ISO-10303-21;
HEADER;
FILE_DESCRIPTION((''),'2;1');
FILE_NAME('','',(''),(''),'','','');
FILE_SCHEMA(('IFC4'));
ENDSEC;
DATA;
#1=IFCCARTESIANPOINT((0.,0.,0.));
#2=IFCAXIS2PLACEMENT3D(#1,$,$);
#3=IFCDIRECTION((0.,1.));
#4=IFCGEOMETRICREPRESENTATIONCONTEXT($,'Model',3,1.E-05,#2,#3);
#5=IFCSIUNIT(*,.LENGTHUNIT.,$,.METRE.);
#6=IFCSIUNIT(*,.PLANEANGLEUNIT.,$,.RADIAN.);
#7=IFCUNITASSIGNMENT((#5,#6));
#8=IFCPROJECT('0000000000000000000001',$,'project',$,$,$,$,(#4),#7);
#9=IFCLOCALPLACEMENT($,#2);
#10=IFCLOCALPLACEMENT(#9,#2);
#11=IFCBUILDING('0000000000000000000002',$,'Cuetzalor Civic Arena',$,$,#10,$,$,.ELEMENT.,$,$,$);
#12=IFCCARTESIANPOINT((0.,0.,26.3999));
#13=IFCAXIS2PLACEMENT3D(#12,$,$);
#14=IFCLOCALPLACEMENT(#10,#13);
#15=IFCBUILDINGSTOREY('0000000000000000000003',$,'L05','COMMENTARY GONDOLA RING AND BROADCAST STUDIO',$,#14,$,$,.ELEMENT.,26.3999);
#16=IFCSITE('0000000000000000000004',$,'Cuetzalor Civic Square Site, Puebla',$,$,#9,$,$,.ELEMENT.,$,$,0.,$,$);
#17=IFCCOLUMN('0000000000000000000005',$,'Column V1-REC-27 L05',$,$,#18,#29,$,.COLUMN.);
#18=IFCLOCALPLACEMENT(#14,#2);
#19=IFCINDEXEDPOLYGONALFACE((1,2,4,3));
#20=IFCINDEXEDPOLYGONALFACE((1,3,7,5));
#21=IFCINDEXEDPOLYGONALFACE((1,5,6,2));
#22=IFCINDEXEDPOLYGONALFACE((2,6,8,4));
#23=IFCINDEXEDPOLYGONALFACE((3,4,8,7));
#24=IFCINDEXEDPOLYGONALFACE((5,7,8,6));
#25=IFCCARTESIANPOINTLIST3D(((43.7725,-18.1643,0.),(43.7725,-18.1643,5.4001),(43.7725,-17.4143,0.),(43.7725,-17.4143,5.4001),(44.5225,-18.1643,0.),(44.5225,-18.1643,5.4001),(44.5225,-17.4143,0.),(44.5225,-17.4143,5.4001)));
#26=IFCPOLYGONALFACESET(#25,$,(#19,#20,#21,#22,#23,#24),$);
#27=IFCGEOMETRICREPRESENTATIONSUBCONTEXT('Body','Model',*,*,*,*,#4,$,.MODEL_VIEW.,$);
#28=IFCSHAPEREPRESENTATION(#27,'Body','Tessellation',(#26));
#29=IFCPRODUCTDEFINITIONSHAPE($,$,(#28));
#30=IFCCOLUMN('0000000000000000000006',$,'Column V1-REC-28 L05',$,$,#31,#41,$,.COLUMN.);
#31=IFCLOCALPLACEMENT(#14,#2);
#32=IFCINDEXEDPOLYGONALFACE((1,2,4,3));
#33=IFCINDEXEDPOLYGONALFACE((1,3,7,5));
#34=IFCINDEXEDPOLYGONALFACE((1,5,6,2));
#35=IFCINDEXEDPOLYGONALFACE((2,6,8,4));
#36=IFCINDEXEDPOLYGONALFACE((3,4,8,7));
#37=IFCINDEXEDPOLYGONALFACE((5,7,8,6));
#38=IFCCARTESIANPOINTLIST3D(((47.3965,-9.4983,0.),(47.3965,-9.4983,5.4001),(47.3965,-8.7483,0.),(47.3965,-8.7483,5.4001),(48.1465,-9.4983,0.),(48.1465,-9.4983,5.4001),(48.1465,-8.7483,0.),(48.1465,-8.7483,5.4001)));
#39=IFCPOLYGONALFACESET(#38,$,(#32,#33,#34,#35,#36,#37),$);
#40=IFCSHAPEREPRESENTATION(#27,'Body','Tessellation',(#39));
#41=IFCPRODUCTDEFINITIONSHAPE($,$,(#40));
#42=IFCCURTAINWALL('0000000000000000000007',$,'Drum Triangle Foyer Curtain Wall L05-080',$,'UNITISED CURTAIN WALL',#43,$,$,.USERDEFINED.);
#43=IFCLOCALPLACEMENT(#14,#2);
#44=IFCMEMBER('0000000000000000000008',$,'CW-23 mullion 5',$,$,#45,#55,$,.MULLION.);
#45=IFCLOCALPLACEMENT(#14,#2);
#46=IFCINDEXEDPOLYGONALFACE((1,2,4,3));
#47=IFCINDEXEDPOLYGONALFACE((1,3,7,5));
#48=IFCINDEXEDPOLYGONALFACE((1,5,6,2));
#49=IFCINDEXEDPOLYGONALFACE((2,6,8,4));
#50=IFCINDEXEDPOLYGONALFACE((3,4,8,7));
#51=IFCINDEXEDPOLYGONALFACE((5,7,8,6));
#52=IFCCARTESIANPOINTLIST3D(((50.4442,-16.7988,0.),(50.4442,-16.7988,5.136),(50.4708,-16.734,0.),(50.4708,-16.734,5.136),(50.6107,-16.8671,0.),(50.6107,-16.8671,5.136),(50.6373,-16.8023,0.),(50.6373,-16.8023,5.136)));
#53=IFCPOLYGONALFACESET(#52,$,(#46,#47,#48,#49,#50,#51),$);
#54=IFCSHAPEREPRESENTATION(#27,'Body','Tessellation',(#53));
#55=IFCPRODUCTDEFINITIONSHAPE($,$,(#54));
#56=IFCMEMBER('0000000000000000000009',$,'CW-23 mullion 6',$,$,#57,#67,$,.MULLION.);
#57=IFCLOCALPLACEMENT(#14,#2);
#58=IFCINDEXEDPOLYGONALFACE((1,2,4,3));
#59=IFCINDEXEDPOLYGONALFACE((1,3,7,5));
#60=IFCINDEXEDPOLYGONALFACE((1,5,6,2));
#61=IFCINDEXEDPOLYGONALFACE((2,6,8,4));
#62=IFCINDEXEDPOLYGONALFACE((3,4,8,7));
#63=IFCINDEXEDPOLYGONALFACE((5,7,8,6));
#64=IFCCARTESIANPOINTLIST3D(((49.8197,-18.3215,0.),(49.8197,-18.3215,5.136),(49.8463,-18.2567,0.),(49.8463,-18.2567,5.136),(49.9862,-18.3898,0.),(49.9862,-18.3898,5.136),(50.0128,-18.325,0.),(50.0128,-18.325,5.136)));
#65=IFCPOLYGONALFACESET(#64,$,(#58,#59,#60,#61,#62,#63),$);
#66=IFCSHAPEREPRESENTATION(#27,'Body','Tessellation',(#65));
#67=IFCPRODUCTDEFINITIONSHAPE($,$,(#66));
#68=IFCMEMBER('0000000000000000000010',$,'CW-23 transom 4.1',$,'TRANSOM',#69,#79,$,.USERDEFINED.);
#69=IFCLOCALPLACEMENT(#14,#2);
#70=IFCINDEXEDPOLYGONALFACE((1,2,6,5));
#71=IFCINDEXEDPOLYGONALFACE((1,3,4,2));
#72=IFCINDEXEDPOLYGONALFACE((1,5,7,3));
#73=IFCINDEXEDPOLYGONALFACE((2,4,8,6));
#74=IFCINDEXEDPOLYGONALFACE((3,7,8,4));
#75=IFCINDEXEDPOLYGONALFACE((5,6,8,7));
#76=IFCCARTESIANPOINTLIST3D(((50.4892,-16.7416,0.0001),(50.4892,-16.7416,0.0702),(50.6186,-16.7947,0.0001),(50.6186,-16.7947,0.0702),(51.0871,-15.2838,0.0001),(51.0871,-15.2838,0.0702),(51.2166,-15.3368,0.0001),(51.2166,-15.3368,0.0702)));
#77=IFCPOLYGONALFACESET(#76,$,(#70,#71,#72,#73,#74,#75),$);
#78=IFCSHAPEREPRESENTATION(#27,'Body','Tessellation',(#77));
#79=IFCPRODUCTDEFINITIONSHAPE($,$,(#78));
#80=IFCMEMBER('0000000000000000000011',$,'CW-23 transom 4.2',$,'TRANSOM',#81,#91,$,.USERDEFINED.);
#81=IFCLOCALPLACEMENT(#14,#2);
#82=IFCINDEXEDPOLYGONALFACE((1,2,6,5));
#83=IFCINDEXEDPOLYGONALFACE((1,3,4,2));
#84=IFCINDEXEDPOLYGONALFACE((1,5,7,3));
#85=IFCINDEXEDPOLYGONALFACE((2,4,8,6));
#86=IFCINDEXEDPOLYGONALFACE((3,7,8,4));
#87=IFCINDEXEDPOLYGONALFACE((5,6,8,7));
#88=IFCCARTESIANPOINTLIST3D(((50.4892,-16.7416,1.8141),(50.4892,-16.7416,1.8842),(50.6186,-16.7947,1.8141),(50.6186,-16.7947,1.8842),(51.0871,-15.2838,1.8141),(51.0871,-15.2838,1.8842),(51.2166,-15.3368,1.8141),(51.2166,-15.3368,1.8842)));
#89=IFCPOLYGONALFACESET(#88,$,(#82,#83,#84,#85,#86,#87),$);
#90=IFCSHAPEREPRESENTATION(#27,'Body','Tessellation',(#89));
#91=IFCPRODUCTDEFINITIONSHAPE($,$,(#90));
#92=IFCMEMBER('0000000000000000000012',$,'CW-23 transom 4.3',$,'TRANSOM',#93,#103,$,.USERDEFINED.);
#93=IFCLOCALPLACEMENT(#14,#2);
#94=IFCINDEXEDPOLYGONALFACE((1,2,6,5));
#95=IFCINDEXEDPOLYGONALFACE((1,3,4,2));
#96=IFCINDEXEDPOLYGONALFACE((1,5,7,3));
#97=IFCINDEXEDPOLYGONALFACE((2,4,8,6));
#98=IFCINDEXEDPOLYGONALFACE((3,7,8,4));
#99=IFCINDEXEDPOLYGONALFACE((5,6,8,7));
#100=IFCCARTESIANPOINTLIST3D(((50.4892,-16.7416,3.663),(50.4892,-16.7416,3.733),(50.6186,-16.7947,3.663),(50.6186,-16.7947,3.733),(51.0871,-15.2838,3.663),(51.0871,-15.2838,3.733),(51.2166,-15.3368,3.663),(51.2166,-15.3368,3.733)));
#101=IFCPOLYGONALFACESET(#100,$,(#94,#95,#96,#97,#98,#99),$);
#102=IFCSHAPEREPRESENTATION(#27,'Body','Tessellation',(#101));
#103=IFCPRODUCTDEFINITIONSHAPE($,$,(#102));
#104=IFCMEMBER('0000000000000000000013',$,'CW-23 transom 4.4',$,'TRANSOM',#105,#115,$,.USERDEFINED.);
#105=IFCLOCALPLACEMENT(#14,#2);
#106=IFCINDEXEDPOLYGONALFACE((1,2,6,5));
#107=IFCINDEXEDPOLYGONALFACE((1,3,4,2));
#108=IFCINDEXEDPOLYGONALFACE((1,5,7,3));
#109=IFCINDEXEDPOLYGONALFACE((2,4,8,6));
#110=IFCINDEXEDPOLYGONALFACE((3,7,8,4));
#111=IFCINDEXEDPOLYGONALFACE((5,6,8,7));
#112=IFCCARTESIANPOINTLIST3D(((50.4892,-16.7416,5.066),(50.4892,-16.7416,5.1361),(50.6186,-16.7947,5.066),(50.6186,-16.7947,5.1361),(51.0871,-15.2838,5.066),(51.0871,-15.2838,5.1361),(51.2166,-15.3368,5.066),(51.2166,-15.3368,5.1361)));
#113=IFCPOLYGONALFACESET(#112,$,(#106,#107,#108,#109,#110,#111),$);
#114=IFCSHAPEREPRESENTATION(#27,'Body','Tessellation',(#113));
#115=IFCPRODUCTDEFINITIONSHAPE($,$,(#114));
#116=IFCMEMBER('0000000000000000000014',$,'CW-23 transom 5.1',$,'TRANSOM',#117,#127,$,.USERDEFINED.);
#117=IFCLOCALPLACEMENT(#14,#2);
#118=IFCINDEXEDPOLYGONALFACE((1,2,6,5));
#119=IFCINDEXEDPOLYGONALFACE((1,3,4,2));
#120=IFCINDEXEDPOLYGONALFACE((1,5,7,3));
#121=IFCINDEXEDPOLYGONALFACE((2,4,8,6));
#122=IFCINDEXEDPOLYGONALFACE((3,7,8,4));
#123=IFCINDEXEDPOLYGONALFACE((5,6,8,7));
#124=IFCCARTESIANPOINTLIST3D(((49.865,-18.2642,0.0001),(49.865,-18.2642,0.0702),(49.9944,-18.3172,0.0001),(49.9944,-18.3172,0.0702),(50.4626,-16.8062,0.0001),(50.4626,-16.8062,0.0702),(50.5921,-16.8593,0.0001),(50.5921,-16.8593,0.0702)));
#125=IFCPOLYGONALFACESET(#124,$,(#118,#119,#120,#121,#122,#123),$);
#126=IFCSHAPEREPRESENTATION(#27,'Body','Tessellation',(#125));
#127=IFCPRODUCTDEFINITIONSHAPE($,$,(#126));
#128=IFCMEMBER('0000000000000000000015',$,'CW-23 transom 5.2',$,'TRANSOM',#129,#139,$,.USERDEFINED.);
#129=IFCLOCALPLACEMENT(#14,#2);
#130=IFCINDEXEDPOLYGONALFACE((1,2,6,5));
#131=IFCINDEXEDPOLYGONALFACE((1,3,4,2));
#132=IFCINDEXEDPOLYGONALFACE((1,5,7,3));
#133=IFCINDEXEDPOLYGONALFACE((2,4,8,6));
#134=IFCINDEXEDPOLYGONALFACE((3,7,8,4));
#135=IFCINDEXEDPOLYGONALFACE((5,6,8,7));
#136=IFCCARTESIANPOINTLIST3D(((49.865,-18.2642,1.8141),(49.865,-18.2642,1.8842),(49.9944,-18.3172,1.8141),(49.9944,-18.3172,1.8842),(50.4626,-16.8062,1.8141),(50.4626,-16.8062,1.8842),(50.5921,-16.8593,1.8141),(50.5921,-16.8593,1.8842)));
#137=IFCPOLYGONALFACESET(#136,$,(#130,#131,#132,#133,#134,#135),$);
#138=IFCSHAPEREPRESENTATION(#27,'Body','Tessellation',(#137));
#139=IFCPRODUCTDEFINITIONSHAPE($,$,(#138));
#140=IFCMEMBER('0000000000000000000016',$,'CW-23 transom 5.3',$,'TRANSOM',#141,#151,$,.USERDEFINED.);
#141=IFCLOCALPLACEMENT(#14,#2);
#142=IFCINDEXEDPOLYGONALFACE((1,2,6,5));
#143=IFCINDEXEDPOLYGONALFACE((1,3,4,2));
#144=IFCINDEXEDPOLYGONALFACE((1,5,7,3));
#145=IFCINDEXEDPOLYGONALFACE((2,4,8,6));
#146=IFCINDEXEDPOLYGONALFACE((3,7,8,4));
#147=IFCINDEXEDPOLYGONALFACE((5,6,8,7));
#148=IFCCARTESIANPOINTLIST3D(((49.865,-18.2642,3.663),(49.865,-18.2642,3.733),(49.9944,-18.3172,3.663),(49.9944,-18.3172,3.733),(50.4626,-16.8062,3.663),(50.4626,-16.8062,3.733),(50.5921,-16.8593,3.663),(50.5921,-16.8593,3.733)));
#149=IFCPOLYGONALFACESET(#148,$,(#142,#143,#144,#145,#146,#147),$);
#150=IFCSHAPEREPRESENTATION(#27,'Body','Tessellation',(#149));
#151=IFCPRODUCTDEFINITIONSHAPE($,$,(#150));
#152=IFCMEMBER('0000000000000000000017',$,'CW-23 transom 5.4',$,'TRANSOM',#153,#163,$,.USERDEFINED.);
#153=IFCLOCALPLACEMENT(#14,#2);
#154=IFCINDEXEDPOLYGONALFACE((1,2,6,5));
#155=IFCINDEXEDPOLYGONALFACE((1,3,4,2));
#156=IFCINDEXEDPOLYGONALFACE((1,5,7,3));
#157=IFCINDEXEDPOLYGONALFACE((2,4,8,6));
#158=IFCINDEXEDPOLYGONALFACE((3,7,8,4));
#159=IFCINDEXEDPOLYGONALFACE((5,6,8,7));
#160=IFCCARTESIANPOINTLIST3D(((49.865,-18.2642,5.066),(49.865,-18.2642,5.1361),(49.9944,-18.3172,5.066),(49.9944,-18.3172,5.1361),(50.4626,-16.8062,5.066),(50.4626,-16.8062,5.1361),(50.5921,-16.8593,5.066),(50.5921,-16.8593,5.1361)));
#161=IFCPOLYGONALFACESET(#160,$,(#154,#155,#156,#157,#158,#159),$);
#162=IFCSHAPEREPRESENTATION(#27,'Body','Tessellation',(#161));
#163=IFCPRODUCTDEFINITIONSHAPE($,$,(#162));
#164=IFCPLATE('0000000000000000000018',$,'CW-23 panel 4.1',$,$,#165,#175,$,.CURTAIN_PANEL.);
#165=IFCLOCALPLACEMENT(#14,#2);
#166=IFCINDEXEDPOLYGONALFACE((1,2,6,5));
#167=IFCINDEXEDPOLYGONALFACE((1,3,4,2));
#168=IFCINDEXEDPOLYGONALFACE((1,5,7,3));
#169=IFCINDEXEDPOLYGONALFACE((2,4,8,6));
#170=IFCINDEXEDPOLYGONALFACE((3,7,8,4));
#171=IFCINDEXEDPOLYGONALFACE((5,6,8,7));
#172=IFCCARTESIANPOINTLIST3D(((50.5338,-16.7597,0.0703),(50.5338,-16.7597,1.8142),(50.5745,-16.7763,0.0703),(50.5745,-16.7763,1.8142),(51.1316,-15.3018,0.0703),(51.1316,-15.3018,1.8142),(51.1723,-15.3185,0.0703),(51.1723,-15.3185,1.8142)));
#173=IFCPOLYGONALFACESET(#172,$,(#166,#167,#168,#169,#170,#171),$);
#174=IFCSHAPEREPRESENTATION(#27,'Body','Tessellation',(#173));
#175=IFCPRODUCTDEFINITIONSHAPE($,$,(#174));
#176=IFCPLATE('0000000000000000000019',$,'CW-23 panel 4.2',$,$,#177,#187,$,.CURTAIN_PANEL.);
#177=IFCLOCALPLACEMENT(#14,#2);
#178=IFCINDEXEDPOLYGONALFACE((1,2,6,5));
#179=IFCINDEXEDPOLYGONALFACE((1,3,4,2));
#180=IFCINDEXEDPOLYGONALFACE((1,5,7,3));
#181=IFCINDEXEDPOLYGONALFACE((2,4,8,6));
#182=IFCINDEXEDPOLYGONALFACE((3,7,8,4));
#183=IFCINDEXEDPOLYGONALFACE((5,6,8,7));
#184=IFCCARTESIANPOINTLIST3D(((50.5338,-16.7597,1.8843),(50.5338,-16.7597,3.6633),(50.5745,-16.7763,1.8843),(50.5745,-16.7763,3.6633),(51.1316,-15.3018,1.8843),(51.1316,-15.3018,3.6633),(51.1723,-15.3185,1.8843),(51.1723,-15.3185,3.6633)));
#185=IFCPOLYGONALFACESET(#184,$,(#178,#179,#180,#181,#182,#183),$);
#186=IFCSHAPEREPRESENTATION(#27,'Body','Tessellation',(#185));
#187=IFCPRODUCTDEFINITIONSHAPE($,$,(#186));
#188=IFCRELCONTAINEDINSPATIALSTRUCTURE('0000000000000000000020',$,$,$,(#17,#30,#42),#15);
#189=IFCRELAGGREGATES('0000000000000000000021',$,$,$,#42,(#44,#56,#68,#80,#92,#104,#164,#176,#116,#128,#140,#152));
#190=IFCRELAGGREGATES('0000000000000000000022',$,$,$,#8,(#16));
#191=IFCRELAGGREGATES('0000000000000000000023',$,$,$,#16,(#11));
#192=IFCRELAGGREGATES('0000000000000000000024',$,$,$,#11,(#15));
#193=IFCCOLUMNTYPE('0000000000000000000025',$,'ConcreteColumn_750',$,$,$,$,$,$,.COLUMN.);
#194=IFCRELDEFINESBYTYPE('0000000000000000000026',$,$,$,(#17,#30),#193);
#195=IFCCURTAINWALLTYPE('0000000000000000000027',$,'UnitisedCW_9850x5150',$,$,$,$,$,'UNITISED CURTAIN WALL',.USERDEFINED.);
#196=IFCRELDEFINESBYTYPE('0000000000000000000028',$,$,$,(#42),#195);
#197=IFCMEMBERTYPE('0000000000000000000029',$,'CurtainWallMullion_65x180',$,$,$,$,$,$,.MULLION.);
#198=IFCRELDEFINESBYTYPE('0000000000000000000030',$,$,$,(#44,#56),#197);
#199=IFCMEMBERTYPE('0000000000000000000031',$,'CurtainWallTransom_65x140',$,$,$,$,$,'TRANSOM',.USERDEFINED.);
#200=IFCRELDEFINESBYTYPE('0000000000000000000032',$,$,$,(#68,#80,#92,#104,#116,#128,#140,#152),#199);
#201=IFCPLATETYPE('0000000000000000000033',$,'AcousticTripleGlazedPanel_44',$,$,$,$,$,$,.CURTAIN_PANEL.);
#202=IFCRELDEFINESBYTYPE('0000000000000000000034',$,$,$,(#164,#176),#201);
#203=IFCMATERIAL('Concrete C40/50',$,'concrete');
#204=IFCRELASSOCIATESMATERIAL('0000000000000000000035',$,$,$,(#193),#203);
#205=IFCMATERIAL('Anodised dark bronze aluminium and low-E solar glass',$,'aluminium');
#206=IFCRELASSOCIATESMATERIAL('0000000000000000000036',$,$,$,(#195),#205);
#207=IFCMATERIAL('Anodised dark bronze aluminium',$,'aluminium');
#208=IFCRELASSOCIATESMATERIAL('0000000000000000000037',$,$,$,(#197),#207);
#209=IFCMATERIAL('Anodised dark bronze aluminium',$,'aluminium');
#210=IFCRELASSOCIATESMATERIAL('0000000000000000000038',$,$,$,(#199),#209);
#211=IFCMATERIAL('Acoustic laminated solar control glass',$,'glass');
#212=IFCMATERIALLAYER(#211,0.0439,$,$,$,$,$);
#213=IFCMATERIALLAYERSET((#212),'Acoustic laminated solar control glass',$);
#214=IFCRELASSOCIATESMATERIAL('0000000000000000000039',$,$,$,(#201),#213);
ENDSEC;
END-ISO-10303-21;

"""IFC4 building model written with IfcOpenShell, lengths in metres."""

from ifc_helpers import new_model, si_unit, direction, frame, origin, origin_2d, place, context, subcontext, project, spatial, rectangle, extrude, material, layer, layer_set, material_profile, profile_set, type_object, element, aggregate, save


model = new_model("IFC4")

# Units and contexts
model_context = context("Model", 3, precision=1e-05, world=origin(), true_north=direction((0.0, 1.0)))
body_context = subcontext(model_context, "Body", "Model", "MODEL_VIEW")
ifc_project = project(units=[si_unit("LENGTHUNIT", "METRE"), si_unit("PLANEANGLEUNIT", "RADIAN")], contexts=[model_context])

# Site, building, storey
site_placement = place(None, origin())
site = spatial("IfcSite", under=ifc_project, at=site_placement, Name="Cuetzalor Civic Square Site, Puebla", CompositionType="ELEMENT", RefElevation=0.0)
building_placement = place(site_placement, origin())
building = spatial("IfcBuilding", under=site, at=building_placement, Name="Cuetzalor Civic Arena", CompositionType="ELEMENT")
storey_placement = place(building_placement, frame((0.0, 0.0, 26.3999)))
storey = spatial("IfcBuildingStorey", under=building, at=storey_placement, Name="L05", Description="COMMENTARY GONDOLA RING AND BROADCAST STUDIO", CompositionType="ELEMENT", Elevation=26.3999)

# Columns
ifc_material_1 = material(Name="Concrete C40/50", Category="concrete")
ifc_material_profile_1 = material_profile(ifc_material_1, rectangle(XDim=0.75, YDim=0.75, at=origin_2d()), Name="RC 750x750")
ifc_profile_set_1 = profile_set([ifc_material_profile_1], Name="Concrete C40/50")
column_type = type_object("IfcColumnType", Name="ConcreteColumn_750", PredefinedType="COLUMN", material=ifc_profile_set_1)
for number, where, z_axis, x_axis, name in (
    (1, (44.1475, -17.7893, 0.0), (0.0, 0.0, 1.0), (1.0, 0.0, 0.0), "Column V1-REC-27 L05"),
    (2, (47.7715, -9.1233, 0.0), (0.0, 0.0, 1.0), (1.0, 0.0, 0.0), "Column V1-REC-28 L05"),
):
    element("IfcColumn", number, at=place(storey_placement, frame(where, z_axis=z_axis, x_axis=x_axis)), inside=storey, type_object=column_type, Name=name, PredefinedType="COLUMN", context=body_context, shape_type="SweptSolid", body=[
        extrude(rectangle(XDim=0.75, YDim=0.75, at=origin_2d()), origin(), (0.0, 0.0, 1.0), 5.4001),
    ])

# Curtain wall, members, plates
ifc_material_2 = material(Name="Anodised dark bronze aluminium and low-E solar glass", Category="aluminium")
curtain_wall_type = type_object("IfcCurtainWallType", Name="UnitisedCW_9850x5150", ElementType="UNITISED CURTAIN WALL", PredefinedType="USERDEFINED", material=ifc_material_2)
curtain_wall_placement = place(storey_placement, origin())
curtain_wall = element("IfcCurtainWall", 3, at=curtain_wall_placement, inside=storey, type_object=curtain_wall_type, Name="Drum Triangle Foyer Curtain Wall L05-080", ObjectType="UNITISED CURTAIN WALL", PredefinedType="USERDEFINED")
ifc_material_3 = material(Name="Anodised dark bronze aluminium", Category="aluminium")
ifc_material_profile_2 = material_profile(ifc_material_3, rectangle(XDim=0.0701, YDim=0.1799, at=origin_2d()), Name="ALU MULLION 70x180")
ifc_profile_set_2 = profile_set([ifc_material_profile_2], Name="Anodised dark bronze aluminium")
member_type_1 = type_object("IfcMemberType", Name="CurtainWallMullion_65x180", PredefinedType="MULLION", material=ifc_profile_set_2)
member_1_placement = place(storey_placement, frame((50.5408, -16.8005, 0.0), z_axis=(0.0, 0.0, 1.0), x_axis=(-0.379391, -0.925236, 0.0)))
member_1 = element("IfcMember", 4, at=member_1_placement, type_object=member_type_1, Name="CW-23 mullion 5", PredefinedType="MULLION", context=body_context, shape_type="SweptSolid", body=[
    extrude(rectangle(XDim=0.0701, YDim=0.1799, at=origin_2d()), origin(), (0.0, 0.0, 1.0), 5.136),
])
member_2_placement = place(storey_placement, frame((49.9163, -18.3232, 0.0), z_axis=(0.0, 0.0, 1.0), x_axis=(-0.379391, -0.925236, 0.0)))
member_2 = element("IfcMember", 5, at=member_2_placement, type_object=member_type_1, Name="CW-23 mullion 6", PredefinedType="MULLION", context=body_context, shape_type="SweptSolid", body=[
    extrude(rectangle(XDim=0.0701, YDim=0.1799, at=origin_2d()), origin(), (0.0, 0.0, 1.0), 5.136),
])
ifc_material_4 = material(Name="Anodised dark bronze aluminium", Category="aluminium")
ifc_material_profile_3 = material_profile(ifc_material_4, rectangle(XDim=0.1399, YDim=0.0701, at=origin_2d()), Name="ALU TRANSOM 70x140")
ifc_profile_set_3 = profile_set([ifc_material_profile_3], Name="Anodised dark bronze aluminium")
member_type_2 = type_object("IfcMemberType", Name="CurtainWallTransom_65x140", ElementType="TRANSOM", PredefinedType="USERDEFINED", material=ifc_profile_set_3)
member_3_placement = place(storey_placement, frame((51.1519, -15.3103, 0.0352), z_axis=(-0.379471, -0.925203, 0.0), x_axis=(0.925203, -0.379471, 0.0)))
member_3 = element("IfcMember", 6, at=member_3_placement, type_object=member_type_2, Name="CW-23 transom 4.1", ObjectType="TRANSOM", PredefinedType="USERDEFINED", context=body_context, shape_type="SweptSolid", body=[
    extrude(rectangle(XDim=0.1399, YDim=0.0701, at=origin_2d()), origin(), (0.0, 0.0, 1.0), 1.5757),
])
member_4_placement = place(storey_placement, frame((51.1519, -15.3103, 1.8491), z_axis=(-0.379471, -0.925203, 0.0), x_axis=(0.925203, -0.379471, 0.0)))
member_4 = element("IfcMember", 7, at=member_4_placement, type_object=member_type_2, Name="CW-23 transom 4.2", ObjectType="TRANSOM", PredefinedType="USERDEFINED", context=body_context, shape_type="SweptSolid", body=[
    extrude(rectangle(XDim=0.1399, YDim=0.0701, at=origin_2d()), origin(), (0.0, 0.0, 1.0), 1.5757),
])
member_5_placement = place(storey_placement, frame((51.1519, -15.3103, 3.698), z_axis=(-0.379471, -0.925203, 0.0), x_axis=(0.925203, -0.379471, 0.0)))
member_5 = element("IfcMember", 8, at=member_5_placement, type_object=member_type_2, Name="CW-23 transom 4.3", ObjectType="TRANSOM", PredefinedType="USERDEFINED", context=body_context, shape_type="SweptSolid", body=[
    extrude(rectangle(XDim=0.1399, YDim=0.0701, at=origin_2d()), origin(), (0.0, 0.0, 1.0), 1.5757),
])
member_6_placement = place(storey_placement, frame((51.1519, -15.3103, 5.1011), z_axis=(-0.379471, -0.925203, 0.0), x_axis=(0.925203, -0.379471, 0.0)))
member_6 = element("IfcMember", 9, at=member_6_placement, type_object=member_type_2, Name="CW-23 transom 4.4", ObjectType="TRANSOM", PredefinedType="USERDEFINED", context=body_context, shape_type="SweptSolid", body=[
    extrude(rectangle(XDim=0.1399, YDim=0.0701, at=origin_2d()), origin(), (0.0, 0.0, 1.0), 1.5757),
])
member_7_placement = place(storey_placement, frame((50.5273, -16.8328, 0.0352), z_axis=(-0.379284, -0.92528, 0.0), x_axis=(0.92528, -0.379284, 0.0)))
member_7 = element("IfcMember", 10, at=member_7_placement, type_object=member_type_2, Name="CW-23 transom 5.1", ObjectType="TRANSOM", PredefinedType="USERDEFINED", context=body_context, shape_type="SweptSolid", body=[
    extrude(rectangle(XDim=0.1399, YDim=0.0701, at=origin_2d()), origin(), (0.0, 0.0, 1.0), 1.5757),
])
member_8_placement = place(storey_placement, frame((50.5273, -16.8328, 1.8491), z_axis=(-0.379284, -0.92528, 0.0), x_axis=(0.92528, -0.379284, 0.0)))
member_8 = element("IfcMember", 11, at=member_8_placement, type_object=member_type_2, Name="CW-23 transom 5.2", ObjectType="TRANSOM", PredefinedType="USERDEFINED", context=body_context, shape_type="SweptSolid", body=[
    extrude(rectangle(XDim=0.1399, YDim=0.0701, at=origin_2d()), origin(), (0.0, 0.0, 1.0), 1.5757),
])
member_9_placement = place(storey_placement, frame((50.5273, -16.8328, 3.698), z_axis=(-0.379284, -0.92528, 0.0), x_axis=(0.92528, -0.379284, 0.0)))
member_9 = element("IfcMember", 12, at=member_9_placement, type_object=member_type_2, Name="CW-23 transom 5.3", ObjectType="TRANSOM", PredefinedType="USERDEFINED", context=body_context, shape_type="SweptSolid", body=[
    extrude(rectangle(XDim=0.1399, YDim=0.0701, at=origin_2d()), origin(), (0.0, 0.0, 1.0), 1.5757),
])
member_10_placement = place(storey_placement, frame((50.5273, -16.8328, 5.1011), z_axis=(-0.379284, -0.92528, 0.0), x_axis=(0.92528, -0.379284, 0.0)))
member_10 = element("IfcMember", 13, at=member_10_placement, type_object=member_type_2, Name="CW-23 transom 5.4", ObjectType="TRANSOM", PredefinedType="USERDEFINED", context=body_context, shape_type="SweptSolid", body=[
    extrude(rectangle(XDim=0.1399, YDim=0.0701, at=origin_2d()), origin(), (0.0, 0.0, 1.0), 1.5757),
])
ifc_material_5 = material(Name="Acoustic laminated solar control glass", Category="glass")
ifc_layer = layer(ifc_material_5, 0.0439)
ifc_layer_set = layer_set([ifc_layer], Name="Acoustic laminated solar control glass")
plate_type = type_object("IfcPlateType", Name="AcousticTripleGlazedPanel_44", PredefinedType="CURTAIN_PANEL", material=ifc_layer_set)
plate_1_placement = place(storey_placement, frame((50.853, -16.0391, 0.0703), z_axis=(0.0, 0.0, 1.0), x_axis=(-0.379391, -0.925236, 0.0)))
plate_1 = element("IfcPlate", 14, at=plate_1_placement, type_object=plate_type, Name="CW-23 panel 4.1", PredefinedType="CURTAIN_PANEL", context=body_context, shape_type="SweptSolid", body=[
    extrude(rectangle(XDim=1.5757, YDim=0.0439, at=origin_2d()), origin(), (0.0, 0.0, 1.0), 1.7439),
])
plate_2_placement = place(storey_placement, frame((50.853, -16.0391, 1.8843), z_axis=(0.0, 0.0, 1.0), x_axis=(-0.379391, -0.925236, 0.0)))
plate_2 = element("IfcPlate", 15, at=plate_2_placement, type_object=plate_type, Name="CW-23 panel 4.2", PredefinedType="CURTAIN_PANEL", context=body_context, shape_type="SweptSolid", body=[
    extrude(rectangle(XDim=1.5757, YDim=0.0439, at=origin_2d()), origin(), (0.0, 0.0, 1.0), 1.7791),
])
aggregate(curtain_wall, [member_1, member_2, member_3, member_4, member_5, member_6, plate_1, plate_2, member_7, member_8, member_9, member_10])

save(model, "model.ifc")
